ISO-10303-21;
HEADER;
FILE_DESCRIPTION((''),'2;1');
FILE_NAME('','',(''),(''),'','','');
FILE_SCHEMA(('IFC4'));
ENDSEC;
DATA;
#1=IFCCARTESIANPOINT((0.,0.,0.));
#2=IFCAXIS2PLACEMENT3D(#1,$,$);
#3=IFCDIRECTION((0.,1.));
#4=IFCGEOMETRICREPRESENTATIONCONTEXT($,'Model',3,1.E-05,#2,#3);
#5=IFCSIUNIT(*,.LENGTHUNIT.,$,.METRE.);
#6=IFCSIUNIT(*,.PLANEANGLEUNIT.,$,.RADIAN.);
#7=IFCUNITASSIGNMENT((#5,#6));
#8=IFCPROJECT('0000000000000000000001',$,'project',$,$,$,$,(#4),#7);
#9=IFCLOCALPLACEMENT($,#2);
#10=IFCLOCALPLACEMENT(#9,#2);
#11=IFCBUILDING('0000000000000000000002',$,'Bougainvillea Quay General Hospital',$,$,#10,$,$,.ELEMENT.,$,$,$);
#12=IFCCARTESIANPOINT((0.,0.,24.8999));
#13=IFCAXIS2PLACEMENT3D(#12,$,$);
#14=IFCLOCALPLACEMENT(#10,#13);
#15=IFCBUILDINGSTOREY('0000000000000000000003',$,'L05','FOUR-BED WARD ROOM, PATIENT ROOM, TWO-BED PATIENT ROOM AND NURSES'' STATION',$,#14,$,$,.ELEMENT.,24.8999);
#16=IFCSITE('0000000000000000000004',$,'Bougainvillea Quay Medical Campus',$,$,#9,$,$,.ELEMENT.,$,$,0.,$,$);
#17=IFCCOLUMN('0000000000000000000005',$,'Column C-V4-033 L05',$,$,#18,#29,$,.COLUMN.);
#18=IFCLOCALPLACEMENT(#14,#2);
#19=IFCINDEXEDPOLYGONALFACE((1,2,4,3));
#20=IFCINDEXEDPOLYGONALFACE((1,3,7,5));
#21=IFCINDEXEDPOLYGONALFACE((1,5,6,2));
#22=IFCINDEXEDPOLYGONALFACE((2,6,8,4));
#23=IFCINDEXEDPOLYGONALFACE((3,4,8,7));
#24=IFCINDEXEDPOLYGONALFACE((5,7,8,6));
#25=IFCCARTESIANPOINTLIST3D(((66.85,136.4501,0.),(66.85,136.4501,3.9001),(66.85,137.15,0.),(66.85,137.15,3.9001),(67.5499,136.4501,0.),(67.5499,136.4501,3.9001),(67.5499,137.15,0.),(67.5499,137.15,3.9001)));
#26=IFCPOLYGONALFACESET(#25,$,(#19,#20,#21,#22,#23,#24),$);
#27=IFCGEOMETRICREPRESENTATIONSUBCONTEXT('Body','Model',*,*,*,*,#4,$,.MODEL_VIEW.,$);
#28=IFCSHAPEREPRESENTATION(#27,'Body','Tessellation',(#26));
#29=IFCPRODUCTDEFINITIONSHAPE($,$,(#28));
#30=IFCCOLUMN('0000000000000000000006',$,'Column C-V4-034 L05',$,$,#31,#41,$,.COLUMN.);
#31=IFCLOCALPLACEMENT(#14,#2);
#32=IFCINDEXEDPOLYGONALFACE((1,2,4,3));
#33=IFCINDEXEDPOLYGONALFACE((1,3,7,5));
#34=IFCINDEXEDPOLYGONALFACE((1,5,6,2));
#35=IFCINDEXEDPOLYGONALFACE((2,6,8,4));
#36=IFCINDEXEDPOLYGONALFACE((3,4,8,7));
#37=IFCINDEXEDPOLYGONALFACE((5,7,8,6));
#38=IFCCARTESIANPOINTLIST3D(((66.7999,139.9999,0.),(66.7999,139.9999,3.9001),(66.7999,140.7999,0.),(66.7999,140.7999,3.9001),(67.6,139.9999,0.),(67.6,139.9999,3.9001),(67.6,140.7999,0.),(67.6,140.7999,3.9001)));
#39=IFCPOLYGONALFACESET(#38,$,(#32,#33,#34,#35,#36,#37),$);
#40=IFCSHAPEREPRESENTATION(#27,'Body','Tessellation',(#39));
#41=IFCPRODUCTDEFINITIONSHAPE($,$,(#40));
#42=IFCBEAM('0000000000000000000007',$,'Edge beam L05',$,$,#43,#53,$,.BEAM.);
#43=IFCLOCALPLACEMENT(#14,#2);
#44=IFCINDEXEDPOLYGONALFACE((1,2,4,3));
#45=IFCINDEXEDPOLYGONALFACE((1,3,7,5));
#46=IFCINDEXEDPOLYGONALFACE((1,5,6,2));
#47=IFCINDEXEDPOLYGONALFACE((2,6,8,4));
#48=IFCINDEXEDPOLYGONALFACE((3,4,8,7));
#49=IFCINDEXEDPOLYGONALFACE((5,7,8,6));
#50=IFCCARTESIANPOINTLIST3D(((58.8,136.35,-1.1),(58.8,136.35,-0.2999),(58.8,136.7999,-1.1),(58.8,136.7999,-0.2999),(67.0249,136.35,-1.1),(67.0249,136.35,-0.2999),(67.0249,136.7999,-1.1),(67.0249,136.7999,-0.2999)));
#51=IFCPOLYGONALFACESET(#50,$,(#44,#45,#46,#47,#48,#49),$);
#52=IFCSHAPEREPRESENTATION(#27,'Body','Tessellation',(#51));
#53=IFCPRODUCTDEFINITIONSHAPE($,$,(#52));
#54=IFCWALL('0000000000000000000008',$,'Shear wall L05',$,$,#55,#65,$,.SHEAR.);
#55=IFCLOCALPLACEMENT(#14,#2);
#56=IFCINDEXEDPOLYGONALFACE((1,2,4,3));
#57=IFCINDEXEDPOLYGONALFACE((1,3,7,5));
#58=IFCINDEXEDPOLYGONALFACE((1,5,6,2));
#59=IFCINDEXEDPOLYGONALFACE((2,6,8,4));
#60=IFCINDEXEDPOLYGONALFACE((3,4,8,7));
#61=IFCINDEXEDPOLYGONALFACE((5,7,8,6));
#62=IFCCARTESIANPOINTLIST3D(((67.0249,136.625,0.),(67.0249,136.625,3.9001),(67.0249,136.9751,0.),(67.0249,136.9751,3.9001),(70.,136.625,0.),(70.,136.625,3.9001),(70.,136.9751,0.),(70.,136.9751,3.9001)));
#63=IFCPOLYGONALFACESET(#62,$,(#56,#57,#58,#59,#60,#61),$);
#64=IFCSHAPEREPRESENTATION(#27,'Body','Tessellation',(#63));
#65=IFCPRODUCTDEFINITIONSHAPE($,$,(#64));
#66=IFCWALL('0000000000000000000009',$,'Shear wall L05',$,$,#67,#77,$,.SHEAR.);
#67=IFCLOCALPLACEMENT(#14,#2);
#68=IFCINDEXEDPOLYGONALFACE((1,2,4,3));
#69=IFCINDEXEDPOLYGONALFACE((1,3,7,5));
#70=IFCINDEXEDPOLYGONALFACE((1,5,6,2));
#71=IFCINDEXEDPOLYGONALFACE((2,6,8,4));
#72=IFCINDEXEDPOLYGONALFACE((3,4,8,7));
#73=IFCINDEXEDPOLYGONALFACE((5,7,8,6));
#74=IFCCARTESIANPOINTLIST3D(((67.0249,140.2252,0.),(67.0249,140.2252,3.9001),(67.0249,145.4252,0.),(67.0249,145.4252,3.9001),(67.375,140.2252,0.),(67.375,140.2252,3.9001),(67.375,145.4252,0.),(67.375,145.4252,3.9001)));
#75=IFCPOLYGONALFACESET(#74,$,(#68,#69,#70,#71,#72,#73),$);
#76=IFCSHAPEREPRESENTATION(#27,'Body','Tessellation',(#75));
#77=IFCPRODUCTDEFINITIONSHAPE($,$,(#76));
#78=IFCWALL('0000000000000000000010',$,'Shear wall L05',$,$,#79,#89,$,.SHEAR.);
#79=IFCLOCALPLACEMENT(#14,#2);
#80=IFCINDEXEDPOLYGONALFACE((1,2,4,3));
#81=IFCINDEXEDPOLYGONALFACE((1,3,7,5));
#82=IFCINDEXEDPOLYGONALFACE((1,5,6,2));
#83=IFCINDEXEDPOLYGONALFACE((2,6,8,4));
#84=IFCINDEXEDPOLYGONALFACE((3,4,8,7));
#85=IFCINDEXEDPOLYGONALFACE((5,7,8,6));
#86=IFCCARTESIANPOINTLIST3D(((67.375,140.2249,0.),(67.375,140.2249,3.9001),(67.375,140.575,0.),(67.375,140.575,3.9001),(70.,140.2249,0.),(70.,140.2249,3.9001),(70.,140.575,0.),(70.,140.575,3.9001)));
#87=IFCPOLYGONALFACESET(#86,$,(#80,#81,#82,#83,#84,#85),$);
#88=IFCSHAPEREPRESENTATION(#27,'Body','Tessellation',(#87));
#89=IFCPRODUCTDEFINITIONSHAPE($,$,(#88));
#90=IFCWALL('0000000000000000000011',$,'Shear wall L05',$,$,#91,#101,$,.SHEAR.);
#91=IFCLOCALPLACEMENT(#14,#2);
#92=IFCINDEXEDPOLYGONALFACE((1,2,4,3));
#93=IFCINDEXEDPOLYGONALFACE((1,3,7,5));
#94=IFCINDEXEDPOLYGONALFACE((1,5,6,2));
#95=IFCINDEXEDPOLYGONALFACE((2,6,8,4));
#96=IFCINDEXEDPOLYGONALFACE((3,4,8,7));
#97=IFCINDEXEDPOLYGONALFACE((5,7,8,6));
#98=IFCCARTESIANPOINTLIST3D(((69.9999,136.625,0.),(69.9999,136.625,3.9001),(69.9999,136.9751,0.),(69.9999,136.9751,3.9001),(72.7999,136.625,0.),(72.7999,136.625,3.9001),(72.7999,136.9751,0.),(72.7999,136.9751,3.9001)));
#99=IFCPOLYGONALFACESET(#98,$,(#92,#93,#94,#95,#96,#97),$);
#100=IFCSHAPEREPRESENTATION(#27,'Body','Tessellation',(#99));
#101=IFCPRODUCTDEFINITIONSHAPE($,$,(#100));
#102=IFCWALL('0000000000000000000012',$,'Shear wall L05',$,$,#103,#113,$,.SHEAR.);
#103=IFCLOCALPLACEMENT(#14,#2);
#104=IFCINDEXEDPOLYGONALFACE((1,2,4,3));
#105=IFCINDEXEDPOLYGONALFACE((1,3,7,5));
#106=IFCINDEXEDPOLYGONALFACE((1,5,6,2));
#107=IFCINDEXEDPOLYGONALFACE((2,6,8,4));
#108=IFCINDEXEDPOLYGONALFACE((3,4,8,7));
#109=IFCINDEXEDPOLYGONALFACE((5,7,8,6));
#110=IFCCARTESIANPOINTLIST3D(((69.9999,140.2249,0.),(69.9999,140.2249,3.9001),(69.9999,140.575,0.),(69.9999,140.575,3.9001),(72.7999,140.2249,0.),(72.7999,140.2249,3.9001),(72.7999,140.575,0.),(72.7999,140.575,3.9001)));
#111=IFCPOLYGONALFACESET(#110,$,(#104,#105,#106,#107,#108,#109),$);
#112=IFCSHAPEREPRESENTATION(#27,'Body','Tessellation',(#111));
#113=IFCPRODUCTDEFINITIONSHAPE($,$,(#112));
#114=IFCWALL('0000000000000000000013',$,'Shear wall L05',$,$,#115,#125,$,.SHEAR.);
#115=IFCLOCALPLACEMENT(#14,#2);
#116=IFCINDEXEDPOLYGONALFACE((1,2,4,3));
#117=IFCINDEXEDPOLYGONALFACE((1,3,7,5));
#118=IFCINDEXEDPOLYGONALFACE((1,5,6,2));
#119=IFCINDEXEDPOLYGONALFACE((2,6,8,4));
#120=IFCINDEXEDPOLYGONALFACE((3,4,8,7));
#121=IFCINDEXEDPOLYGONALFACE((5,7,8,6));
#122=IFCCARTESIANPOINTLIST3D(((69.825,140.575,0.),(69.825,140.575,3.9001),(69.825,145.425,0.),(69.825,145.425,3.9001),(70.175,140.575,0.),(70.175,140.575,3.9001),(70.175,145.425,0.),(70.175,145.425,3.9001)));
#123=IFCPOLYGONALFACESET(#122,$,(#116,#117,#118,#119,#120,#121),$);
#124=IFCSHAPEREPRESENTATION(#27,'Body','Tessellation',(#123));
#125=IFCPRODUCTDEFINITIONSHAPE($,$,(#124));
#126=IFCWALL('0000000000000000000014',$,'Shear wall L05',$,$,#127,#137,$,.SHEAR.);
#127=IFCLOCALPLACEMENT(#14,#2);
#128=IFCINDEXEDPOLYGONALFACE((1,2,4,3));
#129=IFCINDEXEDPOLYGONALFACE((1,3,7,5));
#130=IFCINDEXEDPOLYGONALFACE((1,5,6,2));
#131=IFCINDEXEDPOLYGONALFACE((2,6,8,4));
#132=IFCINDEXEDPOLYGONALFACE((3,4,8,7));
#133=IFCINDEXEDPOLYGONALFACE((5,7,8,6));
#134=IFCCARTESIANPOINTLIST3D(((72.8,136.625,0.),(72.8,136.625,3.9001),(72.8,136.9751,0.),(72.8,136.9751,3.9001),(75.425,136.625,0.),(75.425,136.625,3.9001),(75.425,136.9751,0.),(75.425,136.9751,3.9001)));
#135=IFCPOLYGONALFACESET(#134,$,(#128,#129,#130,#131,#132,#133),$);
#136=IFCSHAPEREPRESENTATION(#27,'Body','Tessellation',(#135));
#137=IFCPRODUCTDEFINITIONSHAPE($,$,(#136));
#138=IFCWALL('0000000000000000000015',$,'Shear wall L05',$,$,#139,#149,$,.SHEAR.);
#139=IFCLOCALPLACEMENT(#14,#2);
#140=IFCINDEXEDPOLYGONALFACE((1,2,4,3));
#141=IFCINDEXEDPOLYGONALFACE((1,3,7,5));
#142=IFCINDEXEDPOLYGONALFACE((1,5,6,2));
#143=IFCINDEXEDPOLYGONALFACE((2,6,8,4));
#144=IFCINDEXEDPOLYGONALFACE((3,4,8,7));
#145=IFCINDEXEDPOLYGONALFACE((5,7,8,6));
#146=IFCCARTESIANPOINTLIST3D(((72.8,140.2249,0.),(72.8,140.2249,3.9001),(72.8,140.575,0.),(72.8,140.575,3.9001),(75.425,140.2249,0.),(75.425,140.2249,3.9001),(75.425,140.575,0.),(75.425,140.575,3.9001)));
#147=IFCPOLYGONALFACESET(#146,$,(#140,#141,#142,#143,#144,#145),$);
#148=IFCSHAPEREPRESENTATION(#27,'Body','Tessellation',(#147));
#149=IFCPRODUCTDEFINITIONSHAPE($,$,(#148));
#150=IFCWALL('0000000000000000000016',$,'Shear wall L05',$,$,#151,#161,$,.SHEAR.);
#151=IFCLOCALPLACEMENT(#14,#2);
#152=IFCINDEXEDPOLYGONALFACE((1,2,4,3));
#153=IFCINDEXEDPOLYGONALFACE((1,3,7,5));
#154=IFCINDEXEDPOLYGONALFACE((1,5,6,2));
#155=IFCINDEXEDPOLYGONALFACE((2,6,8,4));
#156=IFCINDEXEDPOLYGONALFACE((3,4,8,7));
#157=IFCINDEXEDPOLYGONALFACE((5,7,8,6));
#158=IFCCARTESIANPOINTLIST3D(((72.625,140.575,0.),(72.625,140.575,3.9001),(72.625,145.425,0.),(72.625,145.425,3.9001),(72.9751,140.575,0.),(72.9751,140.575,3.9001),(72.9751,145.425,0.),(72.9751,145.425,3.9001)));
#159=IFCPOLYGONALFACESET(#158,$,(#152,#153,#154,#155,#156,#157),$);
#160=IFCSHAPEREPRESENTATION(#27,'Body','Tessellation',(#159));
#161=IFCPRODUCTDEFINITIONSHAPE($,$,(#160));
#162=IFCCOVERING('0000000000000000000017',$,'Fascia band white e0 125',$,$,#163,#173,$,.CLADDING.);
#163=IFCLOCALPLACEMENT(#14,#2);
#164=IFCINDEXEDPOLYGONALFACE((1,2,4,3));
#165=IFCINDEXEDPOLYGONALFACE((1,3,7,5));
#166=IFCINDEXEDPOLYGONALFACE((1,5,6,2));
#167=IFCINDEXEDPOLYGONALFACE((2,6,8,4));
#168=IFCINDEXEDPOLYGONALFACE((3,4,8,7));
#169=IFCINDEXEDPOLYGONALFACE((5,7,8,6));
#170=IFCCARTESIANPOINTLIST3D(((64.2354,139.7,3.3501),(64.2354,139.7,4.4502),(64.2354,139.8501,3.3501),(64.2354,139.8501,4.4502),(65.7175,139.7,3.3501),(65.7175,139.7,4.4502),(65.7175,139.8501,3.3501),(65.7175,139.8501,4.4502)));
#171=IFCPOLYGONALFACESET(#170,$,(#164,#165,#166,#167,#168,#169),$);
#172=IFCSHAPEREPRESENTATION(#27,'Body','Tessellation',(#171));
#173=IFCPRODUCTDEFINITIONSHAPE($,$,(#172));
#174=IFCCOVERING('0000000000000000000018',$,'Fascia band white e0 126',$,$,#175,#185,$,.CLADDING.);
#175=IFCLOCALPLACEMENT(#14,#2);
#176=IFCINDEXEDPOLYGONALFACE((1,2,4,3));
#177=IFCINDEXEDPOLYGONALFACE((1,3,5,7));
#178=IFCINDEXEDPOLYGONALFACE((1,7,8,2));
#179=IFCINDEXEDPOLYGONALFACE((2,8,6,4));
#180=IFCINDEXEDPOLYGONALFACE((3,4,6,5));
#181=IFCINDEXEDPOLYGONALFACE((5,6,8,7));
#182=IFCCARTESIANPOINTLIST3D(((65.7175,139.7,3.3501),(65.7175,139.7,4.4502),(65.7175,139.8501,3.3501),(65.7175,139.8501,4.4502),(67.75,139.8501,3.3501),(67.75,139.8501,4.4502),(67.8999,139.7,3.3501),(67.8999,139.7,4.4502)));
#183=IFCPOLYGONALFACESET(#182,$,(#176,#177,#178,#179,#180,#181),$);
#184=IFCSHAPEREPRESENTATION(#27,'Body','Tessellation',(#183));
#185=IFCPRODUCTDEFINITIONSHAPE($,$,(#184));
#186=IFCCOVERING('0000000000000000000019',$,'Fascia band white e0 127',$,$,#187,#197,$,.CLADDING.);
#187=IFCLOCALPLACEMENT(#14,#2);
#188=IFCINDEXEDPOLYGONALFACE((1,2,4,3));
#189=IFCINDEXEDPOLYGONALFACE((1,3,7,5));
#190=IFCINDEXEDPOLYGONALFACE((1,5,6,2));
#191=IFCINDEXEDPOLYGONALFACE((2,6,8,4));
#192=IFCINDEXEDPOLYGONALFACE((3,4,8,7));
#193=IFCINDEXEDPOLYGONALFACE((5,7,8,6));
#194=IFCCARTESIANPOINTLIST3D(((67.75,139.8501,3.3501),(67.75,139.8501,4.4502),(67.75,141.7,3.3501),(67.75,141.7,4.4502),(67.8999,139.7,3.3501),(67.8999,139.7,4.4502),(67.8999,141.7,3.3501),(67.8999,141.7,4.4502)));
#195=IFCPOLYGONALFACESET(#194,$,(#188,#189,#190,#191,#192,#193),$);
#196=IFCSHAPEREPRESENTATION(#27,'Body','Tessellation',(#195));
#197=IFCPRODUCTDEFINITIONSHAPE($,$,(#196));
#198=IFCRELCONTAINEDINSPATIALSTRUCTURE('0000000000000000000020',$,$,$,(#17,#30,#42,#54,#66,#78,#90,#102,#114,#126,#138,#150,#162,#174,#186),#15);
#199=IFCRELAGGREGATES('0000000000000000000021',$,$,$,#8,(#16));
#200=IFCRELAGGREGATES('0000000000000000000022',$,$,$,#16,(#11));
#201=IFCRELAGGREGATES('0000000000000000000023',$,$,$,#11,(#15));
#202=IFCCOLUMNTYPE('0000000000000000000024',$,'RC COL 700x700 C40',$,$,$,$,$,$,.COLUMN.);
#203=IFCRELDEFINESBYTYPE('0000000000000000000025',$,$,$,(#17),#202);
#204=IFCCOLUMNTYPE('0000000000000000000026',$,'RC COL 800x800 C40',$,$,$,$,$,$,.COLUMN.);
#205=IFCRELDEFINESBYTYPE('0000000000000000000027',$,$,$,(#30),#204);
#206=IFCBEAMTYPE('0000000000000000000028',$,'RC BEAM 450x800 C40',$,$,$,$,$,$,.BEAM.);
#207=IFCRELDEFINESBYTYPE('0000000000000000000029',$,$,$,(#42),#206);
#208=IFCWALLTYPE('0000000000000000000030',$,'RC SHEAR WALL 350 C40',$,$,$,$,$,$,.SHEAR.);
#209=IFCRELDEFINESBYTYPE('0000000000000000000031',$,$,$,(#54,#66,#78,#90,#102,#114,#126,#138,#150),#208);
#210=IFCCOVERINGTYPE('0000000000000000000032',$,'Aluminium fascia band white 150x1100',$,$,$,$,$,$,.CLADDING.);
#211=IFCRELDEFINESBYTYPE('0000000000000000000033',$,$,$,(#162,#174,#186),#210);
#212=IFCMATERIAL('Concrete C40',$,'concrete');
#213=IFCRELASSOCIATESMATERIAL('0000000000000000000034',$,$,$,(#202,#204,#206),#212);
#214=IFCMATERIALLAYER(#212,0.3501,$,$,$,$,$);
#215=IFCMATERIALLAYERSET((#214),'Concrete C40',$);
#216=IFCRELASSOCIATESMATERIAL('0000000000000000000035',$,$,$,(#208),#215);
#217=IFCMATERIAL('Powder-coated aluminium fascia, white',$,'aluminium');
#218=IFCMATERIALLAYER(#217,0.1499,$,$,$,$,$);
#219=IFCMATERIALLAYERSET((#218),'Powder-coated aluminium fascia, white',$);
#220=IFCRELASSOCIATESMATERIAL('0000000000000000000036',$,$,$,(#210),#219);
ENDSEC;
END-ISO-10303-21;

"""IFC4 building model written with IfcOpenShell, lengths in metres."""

from ifc_helpers import new_model, si_unit, direction, frame, frame_2d, origin, origin_2d, place, context, subcontext, project, spatial, polyline, rectangle, outline, extrude, material, layer, layer_set, material_profile, profile_set, type_object, element, save


model = new_model("IFC4")

# Units and contexts
model_context = context("Model", 3, precision=1e-05, world=origin(), true_north=direction((0.0, 1.0)))
body_context = subcontext(model_context, "Body", "Model", "MODEL_VIEW")
ifc_project = project(units=[si_unit("LENGTHUNIT", "METRE"), si_unit("PLANEANGLEUNIT", "RADIAN")], contexts=[model_context])

# Site, building, storey
site_placement = place(None, origin())
site = spatial("IfcSite", under=ifc_project, at=site_placement, Name="Bougainvillea Quay Medical Campus", CompositionType="ELEMENT", RefElevation=0.0)
building_placement = place(site_placement, origin())
building = spatial("IfcBuilding", under=site, at=building_placement, Name="Bougainvillea Quay General Hospital", CompositionType="ELEMENT")
storey_placement = place(building_placement, frame((0.0, 0.0, 24.8999)))
storey = spatial("IfcBuildingStorey", under=building, at=storey_placement, Name="L05", Description="FOUR-BED WARD ROOM, PATIENT ROOM, TWO-BED PATIENT ROOM AND NURSES' STATION", CompositionType="ELEMENT", Elevation=24.8999)

# Columns
ifc_material_1 = material(Name="Concrete C40", Category="concrete")
ifc_material_profile_1 = material_profile(ifc_material_1, rectangle(XDim=0.7, YDim=0.7, at=origin_2d()))
ifc_profile_set_1 = profile_set([ifc_material_profile_1], Name="Concrete C40")
column_type_1 = type_object("IfcColumnType", Name="RC COL 700x700 C40", PredefinedType="COLUMN", material=ifc_profile_set_1)
column_1_placement = place(storey_placement, frame((67.2, 136.8, 0.0), z_axis=(0.0, 0.0, 1.0), x_axis=(1.0, 0.0, 0.0)))
element("IfcColumn", 1, at=column_1_placement, inside=storey, type_object=column_type_1, Name="Column C-V4-033 L05", PredefinedType="COLUMN", context=body_context, shape_type="SweptSolid", body=[
    extrude(rectangle(XDim=0.7, YDim=0.7, at=origin_2d()), origin(), (0.0, 0.0, 1.0), 3.9001),
])
ifc_material_profile_2 = material_profile(ifc_material_1, rectangle(XDim=0.8, YDim=0.8, at=origin_2d()))
ifc_profile_set_2 = profile_set([ifc_material_profile_2], Name="Concrete C40")
column_type_2 = type_object("IfcColumnType", Name="RC COL 800x800 C40", PredefinedType="COLUMN", material=ifc_profile_set_2)
column_2_placement = place(storey_placement, frame((67.2, 140.3999, 0.0), z_axis=(0.0, 0.0, 1.0), x_axis=(1.0, 0.0, 0.0)))
element("IfcColumn", 2, at=column_2_placement, inside=storey, type_object=column_type_2, Name="Column C-V4-034 L05", PredefinedType="COLUMN", context=body_context, shape_type="SweptSolid", body=[
    extrude(rectangle(XDim=0.8, YDim=0.8, at=origin_2d()), origin(), (0.0, 0.0, 1.0), 3.9001),
])

# Beam
ifc_material_profile_3 = material_profile(ifc_material_1, rectangle(XDim=0.45, YDim=0.8, at=origin_2d()))
ifc_profile_set_3 = profile_set([ifc_material_profile_3], Name="Concrete C40")
beam_type = type_object("IfcBeamType", Name="RC BEAM 450x800 C40", PredefinedType="BEAM", material=ifc_profile_set_3)
beam_placement = place(storey_placement, frame((67.0249, 136.575, -0.7), z_axis=(-1.0, 0.0, 0.0), x_axis=(0.0, -1.0, 0.0)))
element("IfcBeam", 3, at=beam_placement, inside=storey, type_object=beam_type, Name="Edge beam L05", PredefinedType="BEAM", context=body_context, shape_type="SweptSolid", body=[
    extrude(rectangle(XDim=0.45, YDim=0.8, at=origin_2d()), origin(), (0.0, 0.0, 1.0), 8.2249),
])

# Walls
ifc_layer_1 = layer(ifc_material_1, 0.3501)
ifc_layer_set_1 = layer_set([ifc_layer_1], Name="Concrete C40")
wall_type = type_object("IfcWallType", Name="RC SHEAR WALL 350 C40", PredefinedType="SHEAR", material=ifc_layer_set_1)
wall_1_placement = place(storey_placement, frame((67.0249, 136.8, 0.0), z_axis=(0.0, 0.0, 1.0), x_axis=(1.0, 0.0, 0.0)))
element("IfcWall", 4, at=wall_1_placement, inside=storey, type_object=wall_type, Name="Shear wall L05", PredefinedType="SHEAR", context=body_context, shape_type="SweptSolid", body=[
    extrude(rectangle(XDim=2.9751, YDim=0.3501, at=frame_2d((1.4875, 0.0))), origin(), (0.0, 0.0, 1.0), 3.9001),
])
wall_2_placement = place(storey_placement, frame((67.2, 140.2251, 0.0), z_axis=(0.0, 0.0, 1.0), x_axis=(0.0, 1.0, 0.0)))
element("IfcWall", 5, at=wall_2_placement, inside=storey, type_object=wall_type, Name="Shear wall L05", PredefinedType="SHEAR", context=body_context, shape_type="SweptSolid", body=[
    extrude(rectangle(XDim=5.2, YDim=0.3501, at=frame_2d((2.6001, 0.0))), origin(), (0.0, 0.0, 1.0), 3.9001),
])
wall_3_placement = place(storey_placement, frame((67.375, 140.3999, 0.0), z_axis=(0.0, 0.0, 1.0), x_axis=(1.0, 0.0, 0.0)))
element("IfcWall", 6, at=wall_3_placement, inside=storey, type_object=wall_type, Name="Shear wall L05", PredefinedType="SHEAR", context=body_context, shape_type="SweptSolid", body=[
    extrude(rectangle(XDim=2.625, YDim=0.3501, at=frame_2d((1.3125, 0.0))), origin(), (0.0, 0.0, 1.0), 3.9001),
])
for number, where, z_axis, x_axis, name in (
    (7, (70.0, 136.8, 0.0), (0.0, 0.0, 1.0), (1.0, 0.0, 0.0), "Shear wall L05"),
    (8, (70.0, 140.3999, 0.0), (0.0, 0.0, 1.0), (1.0, 0.0, 0.0), "Shear wall L05"),
):
    element("IfcWall", number, at=place(storey_placement, frame(where, z_axis=z_axis, x_axis=x_axis)), inside=storey, type_object=wall_type, Name=name, PredefinedType="SHEAR", context=body_context, shape_type="SweptSolid", body=[
        extrude(rectangle(XDim=2.8, YDim=0.3501, at=frame_2d((1.3999, 0.0))), origin(), (0.0, 0.0, 1.0), 3.9001),
    ])
wall_4_placement = place(storey_placement, frame((70.0, 140.575, 0.0), z_axis=(0.0, 0.0, 1.0), x_axis=(0.0, 1.0, 0.0)))
element("IfcWall", 9, at=wall_4_placement, inside=storey, type_object=wall_type, Name="Shear wall L05", PredefinedType="SHEAR", context=body_context, shape_type="SweptSolid", body=[
    extrude(rectangle(XDim=4.8501, YDim=0.3501, at=frame_2d((2.425, 0.0))), origin(), (0.0, 0.0, 1.0), 3.9001),
])
for number, where, z_axis, x_axis, name in (
    (10, (72.8, 136.8, 0.0), (0.0, 0.0, 1.0), (1.0, 0.0, 0.0), "Shear wall L05"),
    (11, (72.8, 140.3999, 0.0), (0.0, 0.0, 1.0), (1.0, 0.0, 0.0), "Shear wall L05"),
):
    element("IfcWall", number, at=place(storey_placement, frame(where, z_axis=z_axis, x_axis=x_axis)), inside=storey, type_object=wall_type, Name=name, PredefinedType="SHEAR", context=body_context, shape_type="SweptSolid", body=[
        extrude(rectangle(XDim=2.625, YDim=0.3501, at=frame_2d((1.3125, 0.0))), origin(), (0.0, 0.0, 1.0), 3.9001),
    ])
wall_5_placement = place(storey_placement, frame((72.8, 140.575, 0.0), z_axis=(0.0, 0.0, 1.0), x_axis=(0.0, 1.0, 0.0)))
element("IfcWall", 12, at=wall_5_placement, inside=storey, type_object=wall_type, Name="Shear wall L05", PredefinedType="SHEAR", context=body_context, shape_type="SweptSolid", body=[
    extrude(rectangle(XDim=4.8501, YDim=0.3501, at=frame_2d((2.425, 0.0))), origin(), (0.0, 0.0, 1.0), 3.9001),
])

# Coverings
ifc_material_2 = material(Name="Powder-coated aluminium fascia, white", Category="aluminium")
ifc_layer_2 = layer(ifc_material_2, 0.1499)
ifc_layer_set_2 = layer_set([ifc_layer_2], Name="Powder-coated aluminium fascia, white")
covering_type = type_object("IfcCoveringType", Name="Aluminium fascia band white 150x1100", PredefinedType="CLADDING", material=ifc_layer_set_2)
covering_1_placement = place(storey_placement, frame((64.2354, 139.8501, 3.3501), z_axis=(0.0, 0.0, 1.0), x_axis=(1.0, 0.0, 0.0)))
element("IfcCovering", 13, at=covering_1_placement, inside=storey, type_object=covering_type, Name="Fascia band white e0 125", PredefinedType="CLADDING", context=body_context, shape_type="SweptSolid", body=[
    extrude(outline(polyline([(0.0, 0.0), (1.4822, 0.0), (1.4822, -0.1501), (0.0, -0.1501), (0.0, 0.0)])), origin(), (0.0, 0.0, 1.0), 1.1001),
])
covering_2_placement = place(storey_placement, frame((65.7175, 139.8501, 3.3501), z_axis=(0.0, 0.0, 1.0), x_axis=(1.0, 0.0, 0.0)))
element("IfcCovering", 14, at=covering_2_placement, inside=storey, type_object=covering_type, Name="Fascia band white e0 126", PredefinedType="CLADDING", context=body_context, shape_type="SweptSolid", body=[
    extrude(outline(polyline([(0.0, 0.0), (2.0325, 0.0), (2.1824, -0.1501), (0.0, -0.1501), (0.0, 0.0)])), origin(), (0.0, 0.0, 1.0), 1.1001),
])
covering_3_placement = place(storey_placement, frame((67.75, 139.8501, 3.3501), z_axis=(0.0, 0.0, 1.0), x_axis=(0.0, 1.0, 0.0)))
element("IfcCovering", 15, at=covering_3_placement, inside=storey, type_object=covering_type, Name="Fascia band white e0 127", PredefinedType="CLADDING", context=body_context, shape_type="SweptSolid", body=[
    extrude(outline(polyline([(0.0, 0.0), (1.8499, 0.0), (1.8499, -0.1499), (-0.1501, -0.1499), (0.0, 0.0)])), origin(), (0.0, 0.0, 1.0), 1.1001),
])

save(model, "model.ifc")
